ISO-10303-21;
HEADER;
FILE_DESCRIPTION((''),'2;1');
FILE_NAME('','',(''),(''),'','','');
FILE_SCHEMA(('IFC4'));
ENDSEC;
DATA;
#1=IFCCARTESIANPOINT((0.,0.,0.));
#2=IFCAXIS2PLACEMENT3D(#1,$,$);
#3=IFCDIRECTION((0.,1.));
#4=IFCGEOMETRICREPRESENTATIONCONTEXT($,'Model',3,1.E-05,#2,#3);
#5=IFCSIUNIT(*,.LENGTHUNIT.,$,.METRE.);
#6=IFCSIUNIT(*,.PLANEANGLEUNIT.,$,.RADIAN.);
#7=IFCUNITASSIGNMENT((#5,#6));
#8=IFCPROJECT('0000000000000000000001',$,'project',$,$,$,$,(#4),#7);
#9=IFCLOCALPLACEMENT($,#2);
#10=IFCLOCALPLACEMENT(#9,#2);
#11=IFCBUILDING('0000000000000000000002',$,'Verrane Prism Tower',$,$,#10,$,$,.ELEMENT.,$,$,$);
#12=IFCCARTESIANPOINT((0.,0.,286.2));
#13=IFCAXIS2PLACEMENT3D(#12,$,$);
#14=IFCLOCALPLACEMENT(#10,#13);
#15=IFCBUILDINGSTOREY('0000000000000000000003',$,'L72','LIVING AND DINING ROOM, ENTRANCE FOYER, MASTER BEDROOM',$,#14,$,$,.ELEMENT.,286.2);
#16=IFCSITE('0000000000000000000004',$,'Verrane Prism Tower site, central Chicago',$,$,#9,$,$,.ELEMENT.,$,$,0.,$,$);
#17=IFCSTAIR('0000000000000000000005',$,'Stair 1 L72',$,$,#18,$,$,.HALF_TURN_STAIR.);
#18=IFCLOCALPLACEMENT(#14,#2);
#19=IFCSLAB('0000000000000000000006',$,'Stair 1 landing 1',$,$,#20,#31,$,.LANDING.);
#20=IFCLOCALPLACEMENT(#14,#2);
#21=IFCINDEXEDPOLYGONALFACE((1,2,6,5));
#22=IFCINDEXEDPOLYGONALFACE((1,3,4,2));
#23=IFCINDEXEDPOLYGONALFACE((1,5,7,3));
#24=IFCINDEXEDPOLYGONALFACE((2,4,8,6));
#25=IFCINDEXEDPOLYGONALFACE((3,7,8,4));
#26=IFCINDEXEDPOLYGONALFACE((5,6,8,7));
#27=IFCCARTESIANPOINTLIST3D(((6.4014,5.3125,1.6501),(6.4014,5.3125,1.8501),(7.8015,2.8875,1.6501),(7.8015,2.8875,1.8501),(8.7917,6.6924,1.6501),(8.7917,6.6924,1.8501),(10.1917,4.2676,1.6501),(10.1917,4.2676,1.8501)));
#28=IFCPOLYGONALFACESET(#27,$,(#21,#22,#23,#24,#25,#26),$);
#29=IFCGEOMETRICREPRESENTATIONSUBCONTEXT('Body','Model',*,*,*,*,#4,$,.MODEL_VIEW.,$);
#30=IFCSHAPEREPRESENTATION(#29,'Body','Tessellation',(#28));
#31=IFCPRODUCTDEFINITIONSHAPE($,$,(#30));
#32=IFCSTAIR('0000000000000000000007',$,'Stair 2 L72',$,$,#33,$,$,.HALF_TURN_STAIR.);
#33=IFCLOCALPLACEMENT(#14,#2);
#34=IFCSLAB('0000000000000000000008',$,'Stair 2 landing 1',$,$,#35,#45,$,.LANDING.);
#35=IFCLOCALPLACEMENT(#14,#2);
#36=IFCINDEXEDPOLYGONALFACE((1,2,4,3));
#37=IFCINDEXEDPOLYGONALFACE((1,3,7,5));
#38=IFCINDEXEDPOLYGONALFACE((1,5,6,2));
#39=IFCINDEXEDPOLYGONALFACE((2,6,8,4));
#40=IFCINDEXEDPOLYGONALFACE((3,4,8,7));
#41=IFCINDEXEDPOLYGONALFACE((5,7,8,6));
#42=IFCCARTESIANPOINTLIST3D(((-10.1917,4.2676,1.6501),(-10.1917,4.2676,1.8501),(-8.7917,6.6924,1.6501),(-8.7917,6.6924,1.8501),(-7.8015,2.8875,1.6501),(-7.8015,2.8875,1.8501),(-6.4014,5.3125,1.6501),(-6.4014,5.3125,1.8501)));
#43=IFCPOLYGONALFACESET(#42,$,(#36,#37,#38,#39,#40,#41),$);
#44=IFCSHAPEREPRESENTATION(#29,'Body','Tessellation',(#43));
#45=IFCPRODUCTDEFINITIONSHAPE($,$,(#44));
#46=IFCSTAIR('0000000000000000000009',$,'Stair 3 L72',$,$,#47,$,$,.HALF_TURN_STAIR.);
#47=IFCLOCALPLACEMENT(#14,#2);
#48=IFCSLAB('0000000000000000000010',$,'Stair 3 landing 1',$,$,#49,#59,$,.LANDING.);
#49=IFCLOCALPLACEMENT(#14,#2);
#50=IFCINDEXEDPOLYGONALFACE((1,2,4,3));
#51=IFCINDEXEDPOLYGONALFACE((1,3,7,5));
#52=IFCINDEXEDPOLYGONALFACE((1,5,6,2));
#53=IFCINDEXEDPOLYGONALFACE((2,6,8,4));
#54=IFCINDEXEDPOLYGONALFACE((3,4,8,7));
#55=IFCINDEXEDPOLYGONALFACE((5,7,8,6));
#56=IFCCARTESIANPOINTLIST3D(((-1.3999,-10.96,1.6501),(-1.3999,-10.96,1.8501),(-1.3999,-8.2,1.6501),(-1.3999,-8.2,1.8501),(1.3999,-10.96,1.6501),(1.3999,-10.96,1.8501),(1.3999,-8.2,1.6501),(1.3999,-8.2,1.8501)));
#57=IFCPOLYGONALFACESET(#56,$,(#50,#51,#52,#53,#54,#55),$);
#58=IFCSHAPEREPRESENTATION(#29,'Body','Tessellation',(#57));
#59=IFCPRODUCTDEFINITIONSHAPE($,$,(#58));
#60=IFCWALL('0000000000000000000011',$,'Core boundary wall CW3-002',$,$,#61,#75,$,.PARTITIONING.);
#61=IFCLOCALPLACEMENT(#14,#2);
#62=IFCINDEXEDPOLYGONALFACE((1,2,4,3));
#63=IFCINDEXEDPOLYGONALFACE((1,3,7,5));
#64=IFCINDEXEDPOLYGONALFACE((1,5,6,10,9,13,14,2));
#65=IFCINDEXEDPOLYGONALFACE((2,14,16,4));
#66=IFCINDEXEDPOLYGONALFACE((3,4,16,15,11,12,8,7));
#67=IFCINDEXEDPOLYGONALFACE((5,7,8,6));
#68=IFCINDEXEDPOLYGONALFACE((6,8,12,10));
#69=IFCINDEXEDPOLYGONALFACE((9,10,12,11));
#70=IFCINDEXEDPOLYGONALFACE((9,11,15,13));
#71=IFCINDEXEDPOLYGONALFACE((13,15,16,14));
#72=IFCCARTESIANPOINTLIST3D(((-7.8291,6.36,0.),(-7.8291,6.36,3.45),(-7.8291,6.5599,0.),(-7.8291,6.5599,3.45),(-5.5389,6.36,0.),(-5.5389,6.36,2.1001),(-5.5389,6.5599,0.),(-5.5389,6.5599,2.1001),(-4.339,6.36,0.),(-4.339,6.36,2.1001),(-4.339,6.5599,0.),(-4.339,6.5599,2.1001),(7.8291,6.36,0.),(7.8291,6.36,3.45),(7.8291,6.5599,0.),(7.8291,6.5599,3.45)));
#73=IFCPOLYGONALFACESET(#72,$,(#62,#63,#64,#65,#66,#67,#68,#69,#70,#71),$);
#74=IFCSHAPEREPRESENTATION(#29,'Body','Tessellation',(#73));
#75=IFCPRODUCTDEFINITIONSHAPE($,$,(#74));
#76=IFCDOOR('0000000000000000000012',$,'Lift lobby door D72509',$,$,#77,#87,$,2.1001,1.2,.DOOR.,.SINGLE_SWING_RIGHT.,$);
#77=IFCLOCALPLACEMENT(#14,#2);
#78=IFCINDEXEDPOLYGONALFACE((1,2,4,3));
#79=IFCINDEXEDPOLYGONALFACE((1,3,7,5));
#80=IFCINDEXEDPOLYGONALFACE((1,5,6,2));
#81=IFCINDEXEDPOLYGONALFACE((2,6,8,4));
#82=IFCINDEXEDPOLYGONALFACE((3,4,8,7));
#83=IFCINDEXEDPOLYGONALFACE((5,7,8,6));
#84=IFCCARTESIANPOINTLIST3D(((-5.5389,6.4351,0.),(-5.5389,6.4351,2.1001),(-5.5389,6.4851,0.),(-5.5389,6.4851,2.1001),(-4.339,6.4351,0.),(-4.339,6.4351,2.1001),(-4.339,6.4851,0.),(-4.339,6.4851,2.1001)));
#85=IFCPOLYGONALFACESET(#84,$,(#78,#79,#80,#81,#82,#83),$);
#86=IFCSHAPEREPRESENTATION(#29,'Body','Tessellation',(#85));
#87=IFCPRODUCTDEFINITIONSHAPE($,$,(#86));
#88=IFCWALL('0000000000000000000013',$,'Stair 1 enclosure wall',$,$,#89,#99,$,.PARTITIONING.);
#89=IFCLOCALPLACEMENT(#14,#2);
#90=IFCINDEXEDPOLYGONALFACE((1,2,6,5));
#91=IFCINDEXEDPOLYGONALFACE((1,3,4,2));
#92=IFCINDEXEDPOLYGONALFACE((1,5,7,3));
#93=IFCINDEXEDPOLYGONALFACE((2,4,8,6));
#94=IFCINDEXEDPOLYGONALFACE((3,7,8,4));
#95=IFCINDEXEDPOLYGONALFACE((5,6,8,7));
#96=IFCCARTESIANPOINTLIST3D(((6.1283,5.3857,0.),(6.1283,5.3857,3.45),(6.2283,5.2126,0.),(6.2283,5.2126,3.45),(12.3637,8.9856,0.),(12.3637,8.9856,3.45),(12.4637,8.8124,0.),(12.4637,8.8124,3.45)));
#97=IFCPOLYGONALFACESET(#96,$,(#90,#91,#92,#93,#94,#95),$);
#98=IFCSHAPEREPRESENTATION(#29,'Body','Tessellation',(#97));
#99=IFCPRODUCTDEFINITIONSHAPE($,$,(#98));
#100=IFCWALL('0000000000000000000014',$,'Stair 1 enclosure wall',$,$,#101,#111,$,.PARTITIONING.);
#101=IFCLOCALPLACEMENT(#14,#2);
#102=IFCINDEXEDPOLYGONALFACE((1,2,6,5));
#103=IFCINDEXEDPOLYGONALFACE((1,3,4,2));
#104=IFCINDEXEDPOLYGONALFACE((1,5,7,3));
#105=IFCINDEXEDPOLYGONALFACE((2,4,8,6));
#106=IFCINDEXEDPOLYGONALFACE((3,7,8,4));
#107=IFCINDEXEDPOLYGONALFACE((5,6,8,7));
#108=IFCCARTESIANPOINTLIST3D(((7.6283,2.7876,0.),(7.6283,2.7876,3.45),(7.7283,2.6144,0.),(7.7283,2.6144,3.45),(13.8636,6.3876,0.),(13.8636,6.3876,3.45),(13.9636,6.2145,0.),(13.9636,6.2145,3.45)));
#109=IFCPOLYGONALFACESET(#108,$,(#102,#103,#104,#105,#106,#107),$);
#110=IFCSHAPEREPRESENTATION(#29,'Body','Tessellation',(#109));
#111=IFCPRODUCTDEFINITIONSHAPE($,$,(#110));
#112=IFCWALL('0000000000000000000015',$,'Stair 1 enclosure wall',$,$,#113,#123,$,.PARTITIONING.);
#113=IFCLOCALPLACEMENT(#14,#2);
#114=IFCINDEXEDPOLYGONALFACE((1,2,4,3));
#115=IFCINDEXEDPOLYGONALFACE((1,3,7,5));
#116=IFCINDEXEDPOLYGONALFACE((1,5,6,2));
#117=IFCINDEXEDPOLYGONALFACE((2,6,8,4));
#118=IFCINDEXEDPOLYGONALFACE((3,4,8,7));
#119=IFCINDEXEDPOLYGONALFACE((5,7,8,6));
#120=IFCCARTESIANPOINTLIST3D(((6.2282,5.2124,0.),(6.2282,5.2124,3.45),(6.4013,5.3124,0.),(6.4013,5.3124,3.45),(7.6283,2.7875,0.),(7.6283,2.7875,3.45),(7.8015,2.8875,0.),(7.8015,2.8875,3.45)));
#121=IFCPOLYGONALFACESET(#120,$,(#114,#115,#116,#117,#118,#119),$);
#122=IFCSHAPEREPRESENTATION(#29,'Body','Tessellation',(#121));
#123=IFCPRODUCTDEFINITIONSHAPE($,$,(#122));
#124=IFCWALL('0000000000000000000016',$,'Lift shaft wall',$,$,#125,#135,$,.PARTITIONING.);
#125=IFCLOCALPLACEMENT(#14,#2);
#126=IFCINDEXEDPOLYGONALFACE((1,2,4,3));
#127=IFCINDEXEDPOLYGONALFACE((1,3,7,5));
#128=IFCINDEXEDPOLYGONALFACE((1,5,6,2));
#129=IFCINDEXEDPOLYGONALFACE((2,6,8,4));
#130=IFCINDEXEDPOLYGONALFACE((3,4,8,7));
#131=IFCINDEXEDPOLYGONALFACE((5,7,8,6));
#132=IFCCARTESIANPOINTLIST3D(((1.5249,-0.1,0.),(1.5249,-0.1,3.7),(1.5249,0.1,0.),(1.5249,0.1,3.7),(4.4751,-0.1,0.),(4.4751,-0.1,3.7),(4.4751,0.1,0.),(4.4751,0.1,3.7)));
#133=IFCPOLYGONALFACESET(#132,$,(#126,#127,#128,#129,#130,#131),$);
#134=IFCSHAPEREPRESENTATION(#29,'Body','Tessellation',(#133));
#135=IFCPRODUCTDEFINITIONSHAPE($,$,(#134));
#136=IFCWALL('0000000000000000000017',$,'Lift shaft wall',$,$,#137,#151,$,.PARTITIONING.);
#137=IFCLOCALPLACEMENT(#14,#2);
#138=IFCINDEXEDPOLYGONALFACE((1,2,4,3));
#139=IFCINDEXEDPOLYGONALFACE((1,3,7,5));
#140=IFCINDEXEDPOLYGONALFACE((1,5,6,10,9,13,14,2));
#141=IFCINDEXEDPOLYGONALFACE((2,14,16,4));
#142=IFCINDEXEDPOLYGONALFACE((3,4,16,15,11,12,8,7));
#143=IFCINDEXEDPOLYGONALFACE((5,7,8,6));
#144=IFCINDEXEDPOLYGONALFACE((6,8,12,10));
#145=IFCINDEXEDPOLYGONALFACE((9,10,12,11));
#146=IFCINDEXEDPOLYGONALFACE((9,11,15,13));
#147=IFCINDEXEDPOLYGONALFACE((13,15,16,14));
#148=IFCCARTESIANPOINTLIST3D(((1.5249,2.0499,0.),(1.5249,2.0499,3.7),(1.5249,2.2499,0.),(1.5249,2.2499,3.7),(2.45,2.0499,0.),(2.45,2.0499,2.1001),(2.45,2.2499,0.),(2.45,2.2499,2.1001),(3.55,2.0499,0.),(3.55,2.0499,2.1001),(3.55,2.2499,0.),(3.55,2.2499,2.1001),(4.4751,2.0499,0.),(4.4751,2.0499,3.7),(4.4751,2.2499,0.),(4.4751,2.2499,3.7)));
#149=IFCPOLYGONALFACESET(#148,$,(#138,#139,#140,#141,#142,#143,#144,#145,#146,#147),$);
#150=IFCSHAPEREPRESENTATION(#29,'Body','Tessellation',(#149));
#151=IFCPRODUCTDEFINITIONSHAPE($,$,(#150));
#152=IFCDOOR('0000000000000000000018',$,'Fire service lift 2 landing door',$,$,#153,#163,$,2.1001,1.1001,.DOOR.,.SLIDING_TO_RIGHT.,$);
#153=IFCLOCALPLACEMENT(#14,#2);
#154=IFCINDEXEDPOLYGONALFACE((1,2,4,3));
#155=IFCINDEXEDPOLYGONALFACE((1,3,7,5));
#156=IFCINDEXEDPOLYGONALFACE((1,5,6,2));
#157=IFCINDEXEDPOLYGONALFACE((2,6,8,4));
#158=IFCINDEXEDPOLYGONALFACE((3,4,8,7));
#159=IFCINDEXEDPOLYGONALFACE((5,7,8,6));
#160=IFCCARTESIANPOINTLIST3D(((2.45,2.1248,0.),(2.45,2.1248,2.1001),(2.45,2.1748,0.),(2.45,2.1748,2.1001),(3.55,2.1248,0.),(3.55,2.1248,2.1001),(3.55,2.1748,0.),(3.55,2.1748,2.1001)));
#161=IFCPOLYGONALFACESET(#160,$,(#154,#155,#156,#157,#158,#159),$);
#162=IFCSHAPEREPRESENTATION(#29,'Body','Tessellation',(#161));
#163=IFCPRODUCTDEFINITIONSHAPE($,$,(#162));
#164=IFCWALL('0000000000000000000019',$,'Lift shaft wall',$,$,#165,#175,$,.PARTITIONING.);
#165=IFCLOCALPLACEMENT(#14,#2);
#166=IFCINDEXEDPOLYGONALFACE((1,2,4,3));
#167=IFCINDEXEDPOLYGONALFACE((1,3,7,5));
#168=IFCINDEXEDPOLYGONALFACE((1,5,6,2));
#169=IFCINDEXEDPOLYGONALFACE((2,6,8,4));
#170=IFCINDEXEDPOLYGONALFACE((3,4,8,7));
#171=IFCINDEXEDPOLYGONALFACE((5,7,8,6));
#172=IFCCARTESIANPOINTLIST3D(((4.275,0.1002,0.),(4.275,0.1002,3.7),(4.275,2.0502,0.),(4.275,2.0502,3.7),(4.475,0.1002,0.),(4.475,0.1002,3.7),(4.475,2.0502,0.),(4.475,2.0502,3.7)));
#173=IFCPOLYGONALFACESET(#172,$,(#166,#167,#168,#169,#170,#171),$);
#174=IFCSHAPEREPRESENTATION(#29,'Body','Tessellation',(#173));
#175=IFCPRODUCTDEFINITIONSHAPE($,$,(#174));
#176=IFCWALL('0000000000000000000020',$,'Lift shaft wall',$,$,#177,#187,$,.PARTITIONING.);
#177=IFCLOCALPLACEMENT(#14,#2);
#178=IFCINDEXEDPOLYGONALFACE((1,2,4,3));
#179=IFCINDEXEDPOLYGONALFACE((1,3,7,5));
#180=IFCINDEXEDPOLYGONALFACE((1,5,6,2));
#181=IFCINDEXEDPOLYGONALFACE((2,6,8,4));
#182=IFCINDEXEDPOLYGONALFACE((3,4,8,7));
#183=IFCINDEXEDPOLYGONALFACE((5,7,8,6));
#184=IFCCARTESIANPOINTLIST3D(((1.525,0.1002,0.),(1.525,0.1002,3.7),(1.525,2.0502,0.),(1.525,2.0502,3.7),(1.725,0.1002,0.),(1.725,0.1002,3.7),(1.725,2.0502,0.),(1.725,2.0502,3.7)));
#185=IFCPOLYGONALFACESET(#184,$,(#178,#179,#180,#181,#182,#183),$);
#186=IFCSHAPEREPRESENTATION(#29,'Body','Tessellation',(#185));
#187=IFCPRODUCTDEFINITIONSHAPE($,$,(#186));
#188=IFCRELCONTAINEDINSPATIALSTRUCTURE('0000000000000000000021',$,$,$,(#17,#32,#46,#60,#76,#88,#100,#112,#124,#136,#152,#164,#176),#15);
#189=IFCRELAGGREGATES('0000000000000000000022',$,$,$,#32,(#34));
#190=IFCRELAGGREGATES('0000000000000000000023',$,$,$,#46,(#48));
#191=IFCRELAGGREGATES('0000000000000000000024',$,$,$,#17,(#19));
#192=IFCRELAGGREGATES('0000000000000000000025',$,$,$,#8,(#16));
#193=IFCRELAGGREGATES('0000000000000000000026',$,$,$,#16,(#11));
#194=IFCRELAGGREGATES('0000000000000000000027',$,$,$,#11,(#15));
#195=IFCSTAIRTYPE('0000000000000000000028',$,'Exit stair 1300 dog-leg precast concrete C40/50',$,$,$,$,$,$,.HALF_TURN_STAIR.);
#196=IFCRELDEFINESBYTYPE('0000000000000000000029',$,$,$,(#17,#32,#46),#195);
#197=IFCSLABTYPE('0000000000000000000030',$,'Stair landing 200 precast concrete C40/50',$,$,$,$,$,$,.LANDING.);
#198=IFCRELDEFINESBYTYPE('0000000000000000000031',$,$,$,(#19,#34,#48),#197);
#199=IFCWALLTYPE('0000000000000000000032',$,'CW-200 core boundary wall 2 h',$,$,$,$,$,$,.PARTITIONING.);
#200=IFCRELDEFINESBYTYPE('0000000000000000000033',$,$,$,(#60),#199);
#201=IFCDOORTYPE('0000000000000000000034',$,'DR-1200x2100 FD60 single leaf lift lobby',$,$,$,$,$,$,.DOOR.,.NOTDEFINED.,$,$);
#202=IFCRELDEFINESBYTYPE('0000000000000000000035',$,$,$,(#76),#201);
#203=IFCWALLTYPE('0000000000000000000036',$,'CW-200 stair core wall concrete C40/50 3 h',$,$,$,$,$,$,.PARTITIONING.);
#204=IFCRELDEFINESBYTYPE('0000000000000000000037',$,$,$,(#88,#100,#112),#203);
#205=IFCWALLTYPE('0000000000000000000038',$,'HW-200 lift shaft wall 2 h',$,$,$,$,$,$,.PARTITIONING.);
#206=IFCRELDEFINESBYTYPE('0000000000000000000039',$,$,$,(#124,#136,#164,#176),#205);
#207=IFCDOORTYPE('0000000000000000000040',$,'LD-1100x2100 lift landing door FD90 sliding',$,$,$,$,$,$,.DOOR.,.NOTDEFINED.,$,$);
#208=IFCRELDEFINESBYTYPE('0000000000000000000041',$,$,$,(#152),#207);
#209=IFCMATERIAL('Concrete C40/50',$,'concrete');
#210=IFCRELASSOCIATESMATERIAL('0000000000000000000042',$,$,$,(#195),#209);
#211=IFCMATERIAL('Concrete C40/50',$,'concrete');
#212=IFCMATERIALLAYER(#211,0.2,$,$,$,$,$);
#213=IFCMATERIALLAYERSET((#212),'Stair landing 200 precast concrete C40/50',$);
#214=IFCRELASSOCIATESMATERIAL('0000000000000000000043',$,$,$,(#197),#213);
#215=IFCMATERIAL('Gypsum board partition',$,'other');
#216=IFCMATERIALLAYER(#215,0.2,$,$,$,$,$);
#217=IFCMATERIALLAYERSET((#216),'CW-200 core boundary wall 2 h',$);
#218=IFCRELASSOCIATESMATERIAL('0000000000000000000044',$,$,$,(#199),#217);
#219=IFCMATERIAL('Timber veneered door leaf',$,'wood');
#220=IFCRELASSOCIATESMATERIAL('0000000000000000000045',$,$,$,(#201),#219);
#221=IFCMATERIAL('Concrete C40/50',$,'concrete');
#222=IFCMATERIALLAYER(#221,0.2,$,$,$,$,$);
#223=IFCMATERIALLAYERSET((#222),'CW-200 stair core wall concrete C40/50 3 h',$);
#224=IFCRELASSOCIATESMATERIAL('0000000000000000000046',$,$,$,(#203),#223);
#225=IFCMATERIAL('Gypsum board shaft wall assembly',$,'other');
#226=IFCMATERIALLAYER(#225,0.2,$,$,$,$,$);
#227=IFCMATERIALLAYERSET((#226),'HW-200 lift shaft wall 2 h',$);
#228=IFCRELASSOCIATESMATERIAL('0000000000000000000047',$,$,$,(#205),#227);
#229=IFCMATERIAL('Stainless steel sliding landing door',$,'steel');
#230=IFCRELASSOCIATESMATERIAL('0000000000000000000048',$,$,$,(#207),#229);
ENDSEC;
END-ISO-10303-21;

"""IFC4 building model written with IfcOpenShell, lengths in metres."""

from ifc_helpers import new_model, si_unit, direction, frame, frame_2d, origin, place, context, subcontext, project, spatial, polyline, rectangle, outline, extrude, material, layer, layer_set, type_object, element, fill, aggregate, save


model = new_model("IFC4")

# Units and contexts
model_context = context("Model", 3, precision=1e-05, world=origin(), true_north=direction((0.0, 1.0)))
body_context = subcontext(model_context, "Body", "Model", "MODEL_VIEW")
ifc_project = project(units=[si_unit("LENGTHUNIT", "METRE"), si_unit("PLANEANGLEUNIT", "RADIAN")], contexts=[model_context])

# Site, building, storey
site_placement = place(None, origin())
site = spatial("IfcSite", under=ifc_project, at=site_placement, Name="Verrane Prism Tower site, central Chicago", CompositionType="ELEMENT", RefElevation=0.0)
building_placement = place(site_placement, origin())
building = spatial("IfcBuilding", under=site, at=building_placement, Name="Verrane Prism Tower", CompositionType="ELEMENT")
storey_placement = place(building_placement, frame((0.0, 0.0, 286.2)))
storey = spatial("IfcBuildingStorey", under=building, at=storey_placement, Name="L72", Description="LIVING AND DINING ROOM, ENTRANCE FOYER, MASTER BEDROOM", CompositionType="ELEMENT", Elevation=286.2)

# Stairs, slabs
ifc_material_1 = material(Name="Concrete C40/50", Category="concrete")
stair_type = type_object("IfcStairType", Name="Exit stair 1300 dog-leg precast concrete C40/50", PredefinedType="HALF_TURN_STAIR", material=ifc_material_1)
stair_1_placement = place(storey_placement, origin())
stair_1 = element("IfcStair", 1, at=stair_1_placement, inside=storey, type_object=stair_type, Name="Stair 1 L72", PredefinedType="HALF_TURN_STAIR")
ifc_material_2 = material(Name="Concrete C40/50", Category="concrete")
ifc_layer_1 = layer(ifc_material_2, 0.2)
ifc_layer_set_1 = layer_set([ifc_layer_1], Name="Stair landing 200 precast concrete C40/50")
slab_type_1 = type_object("IfcSlabType", Name="Stair landing 200 precast concrete C40/50", PredefinedType="LANDING", material=ifc_layer_set_1)
slab_1_placement = place(storey_placement, frame((0.0, 0.0, 1.6501)))
slab_1 = element("IfcSlab", 2, at=slab_1_placement, type_object=slab_type_1, Name="Stair 1 landing 1", PredefinedType="LANDING", context=body_context, shape_type="SweptSolid", body=[
    extrude(outline(polyline([(8.7917, 6.6924), (6.4014, 5.3125), (7.8015, 2.8875), (10.1917, 4.2676), (8.7917, 6.6924)])), origin(), (0.0, 0.0, 1.0), 0.2),
])
stair_2_placement = place(storey_placement, origin())
stair_2 = element("IfcStair", 3, at=stair_2_placement, inside=storey, type_object=stair_type, Name="Stair 2 L72", PredefinedType="HALF_TURN_STAIR")
slab_2_placement = place(storey_placement, frame((0.0, 0.0, 1.6501)))
slab_2 = element("IfcSlab", 4, at=slab_2_placement, type_object=slab_type_1, Name="Stair 2 landing 1", PredefinedType="LANDING", context=body_context, shape_type="SweptSolid", body=[
    extrude(outline(polyline([(-10.1917, 4.2676), (-7.8015, 2.8875), (-6.4014, 5.3125), (-8.7917, 6.6924), (-10.1917, 4.2676)])), origin(), (0.0, 0.0, 1.0), 0.2),
])
aggregate(stair_2, [slab_2])
stair_3_placement = place(storey_placement, origin())
stair_3 = element("IfcStair", 5, at=stair_3_placement, inside=storey, type_object=stair_type, Name="Stair 3 L72", PredefinedType="HALF_TURN_STAIR")
slab_3_placement = place(storey_placement, frame((0.0, 0.0, 1.6501)))
slab_3 = element("IfcSlab", 6, at=slab_3_placement, type_object=slab_type_1, Name="Stair 3 landing 1", PredefinedType="LANDING", context=body_context, shape_type="SweptSolid", body=[
    extrude(outline(polyline([(1.3999, -10.96), (1.3999, -8.2), (-1.3999, -8.2), (-1.3999, -10.96), (1.3999, -10.96)])), origin(), (0.0, 0.0, 1.0), 0.2),
])
aggregate(stair_3, [slab_3])

# Wall, opening, door
ifc_material_3 = material(Name="Gypsum board partition", Category="other")
ifc_layer_2 = layer(ifc_material_3, 0.2)
ifc_layer_set_2 = layer_set([ifc_layer_2], Name="CW-200 core boundary wall 2 h")
wall_type_1 = type_object("IfcWallType", Name="CW-200 core boundary wall 2 h", PredefinedType="PARTITIONING", material=ifc_layer_set_2)
wall_1_placement = place(storey_placement, frame((7.8291, 6.46, 0.0), z_axis=(0.0, 0.0, 1.0), x_axis=(-1.0, 0.0, 0.0)))
wall_1 = element("IfcWall", 7, at=wall_1_placement, inside=storey, type_object=wall_type_1, Name="Core boundary wall CW3-002", PredefinedType="PARTITIONING", context=body_context, shape_type="SweptSolid", body=[
    extrude(rectangle(XDim=15.6582, YDim=0.2, at=frame_2d((7.8291, 0.0))), origin(), (0.0, 0.0, 1.0), 3.45),
])
opening_1_placement = place(wall_1_placement, frame((12.168, 0.0, 0.0)))
opening_1 = element("IfcOpeningElement", 8, at=opening_1_placement, cuts=wall_1, PredefinedType="OPENING", context=body_context, shape_type="SweptSolid", body=[
    extrude(rectangle(XDim=1.2, YDim=2.1001, at=frame_2d((0.6001, 1.05))), frame((0.0, 0.1099, 0.0), z_axis=(0.0, -1.0, 0.0), x_axis=(1.0, 0.0, 0.0)), (0.0, 0.0, 1.0), 0.22),
])
ifc_material_4 = material(Name="Timber veneered door leaf", Category="wood")
door_type_1 = type_object("IfcDoorType", Name="DR-1200x2100 FD60 single leaf lift lobby", OperationType="NOTDEFINED", PredefinedType="DOOR", material=ifc_material_4)
door_1_placement = place(opening_1_placement, origin())
door_1 = element("IfcDoor", 9, at=door_1_placement, inside=storey, type_object=door_type_1, Name="Lift lobby door D72509", OperationType="SINGLE_SWING_RIGHT", OverallHeight=2.1001, OverallWidth=1.2, PredefinedType="DOOR", context=body_context, shape_type="SweptSolid", body=[
    extrude(rectangle(XDim=1.2, YDim=2.1001, at=frame_2d((0.6001, 1.05))), frame((0.0, 0.0249, 0.0), z_axis=(0.0, -1.0, 0.0), x_axis=(1.0, 0.0, 0.0)), (0.0, 0.0, 1.0), 0.05),
])
fill(opening_1, door_1)

# Walls
ifc_material_5 = material(Name="Concrete C40/50", Category="concrete")
ifc_layer_3 = layer(ifc_material_5, 0.2)
ifc_layer_set_3 = layer_set([ifc_layer_3], Name="CW-200 stair core wall concrete C40/50 3 h")
wall_type_2 = type_object("IfcWallType", Name="CW-200 stair core wall concrete C40/50 3 h", PredefinedType="PARTITIONING", material=ifc_layer_set_3)
for number, where, z_axis, x_axis, name in (
    (10, (6.1782, 5.2991, 0.0), (0.0, 0.0, 1.0), (0.866033, 0.499987, 0.0), "Stair 1 enclosure wall"),
    (11, (7.6782, 2.7009, 0.0), (0.0, 0.0, 1.0), (0.866018, 0.500012, 0.0), "Stair 1 enclosure wall"),
):
    element("IfcWall", number, at=place(storey_placement, frame(where, z_axis=z_axis, x_axis=x_axis)), inside=storey, type_object=wall_type_2, Name=name, PredefinedType="PARTITIONING", context=body_context, shape_type="SweptSolid", body=[
        extrude(rectangle(XDim=7.2, YDim=0.2, at=frame_2d((3.6001, 0.0))), origin(), (0.0, 0.0, 1.0), 3.45),
    ])
wall_2_placement = place(storey_placement, frame((7.7148, 2.8376, 0.0), z_axis=(0.0, 0.0, 1.0), x_axis=(-0.50005, 0.865997, 0.0)))
element("IfcWall", 12, at=wall_2_placement, inside=storey, type_object=wall_type_2, Name="Stair 1 enclosure wall", PredefinedType="PARTITIONING", context=body_context, shape_type="SweptSolid", body=[
    extrude(rectangle(XDim=2.8, YDim=0.2, at=frame_2d((1.3999, 0.0))), origin(), (0.0, 0.0, 1.0), 3.45),
])
ifc_material_6 = material(Name="Gypsum board shaft wall assembly", Category="other")
ifc_layer_4 = layer(ifc_material_6, 0.2)
ifc_layer_set_4 = layer_set([ifc_layer_4], Name="HW-200 lift shaft wall 2 h")
wall_type_3 = type_object("IfcWallType", Name="HW-200 lift shaft wall 2 h", PredefinedType="PARTITIONING", material=ifc_layer_set_4)
wall_3_placement = place(storey_placement, frame((1.5249, 0.0, 0.0), z_axis=(0.0, 0.0, 1.0), x_axis=(1.0, 0.0, 0.0)))
element("IfcWall", 13, at=wall_3_placement, inside=storey, type_object=wall_type_3, Name="Lift shaft wall", PredefinedType="PARTITIONING", context=body_context, shape_type="SweptSolid", body=[
    extrude(rectangle(XDim=2.9502, YDim=0.2, at=frame_2d((1.4751, 0.0))), origin(), (0.0, 0.0, 1.0), 3.7),
])

# Wall, opening, door
wall_4_placement = place(storey_placement, frame((1.5249, 2.1499, 0.0), z_axis=(0.0, 0.0, 1.0), x_axis=(1.0, 0.0, 0.0)))
wall_4 = element("IfcWall", 14, at=wall_4_placement, inside=storey, type_object=wall_type_3, Name="Lift shaft wall", PredefinedType="PARTITIONING", context=body_context, shape_type="SweptSolid", body=[
    extrude(rectangle(XDim=2.9502, YDim=0.2, at=frame_2d((1.4751, 0.0))), origin(), (0.0, 0.0, 1.0), 3.7),
])
opening_2_placement = place(wall_4_placement, frame((0.925, 0.0, 0.0)))
opening_2 = element("IfcOpeningElement", 15, at=opening_2_placement, cuts=wall_4, PredefinedType="OPENING", context=body_context, shape_type="SweptSolid", body=[
    extrude(rectangle(XDim=1.1001, YDim=2.1001, at=frame_2d((0.55, 1.05))), frame((0.0, 0.1099, 0.0), z_axis=(0.0, -1.0, 0.0), x_axis=(1.0, 0.0, 0.0)), (0.0, 0.0, 1.0), 0.22),
])
ifc_material_7 = material(Name="Stainless steel sliding landing door", Category="steel")
door_type_2 = type_object("IfcDoorType", Name="LD-1100x2100 lift landing door FD90 sliding", OperationType="NOTDEFINED", PredefinedType="DOOR", material=ifc_material_7)
door_2_placement = place(opening_2_placement, origin())
door_2 = element("IfcDoor", 16, at=door_2_placement, inside=storey, type_object=door_type_2, Name="Fire service lift 2 landing door", OperationType="SLIDING_TO_RIGHT", OverallHeight=2.1001, OverallWidth=1.1001, PredefinedType="DOOR", context=body_context, shape_type="SweptSolid", body=[
    extrude(rectangle(XDim=1.1001, YDim=2.1001, at=frame_2d((0.55, 1.05))), frame((0.0, 0.0249, 0.0), z_axis=(0.0, -1.0, 0.0), x_axis=(1.0, 0.0, 0.0)), (0.0, 0.0, 1.0), 0.05),
])
fill(opening_2, door_2)

# Walls
for number, where, z_axis, x_axis, name in (
    (17, (4.375, 0.1001, 0.0), (0.0, 0.0, 1.0), (0.0, 1.0, 0.0), "Lift shaft wall"),
    (18, (1.625, 0.1001, 0.0), (0.0, 0.0, 1.0), (0.0, 1.0, 0.0), "Lift shaft wall"),
):
    element("IfcWall", number, at=place(storey_placement, frame(where, z_axis=z_axis, x_axis=x_axis)), inside=storey, type_object=wall_type_3, Name=name, PredefinedType="PARTITIONING", context=body_context, shape_type="SweptSolid", body=[
        extrude(rectangle(XDim=1.95, YDim=0.2, at=frame_2d((0.9751, 0.0))), origin(), (0.0, 0.0, 1.0), 3.7),
    ])

aggregate(stair_1, [slab_1])

save(model, "model.ifc")
